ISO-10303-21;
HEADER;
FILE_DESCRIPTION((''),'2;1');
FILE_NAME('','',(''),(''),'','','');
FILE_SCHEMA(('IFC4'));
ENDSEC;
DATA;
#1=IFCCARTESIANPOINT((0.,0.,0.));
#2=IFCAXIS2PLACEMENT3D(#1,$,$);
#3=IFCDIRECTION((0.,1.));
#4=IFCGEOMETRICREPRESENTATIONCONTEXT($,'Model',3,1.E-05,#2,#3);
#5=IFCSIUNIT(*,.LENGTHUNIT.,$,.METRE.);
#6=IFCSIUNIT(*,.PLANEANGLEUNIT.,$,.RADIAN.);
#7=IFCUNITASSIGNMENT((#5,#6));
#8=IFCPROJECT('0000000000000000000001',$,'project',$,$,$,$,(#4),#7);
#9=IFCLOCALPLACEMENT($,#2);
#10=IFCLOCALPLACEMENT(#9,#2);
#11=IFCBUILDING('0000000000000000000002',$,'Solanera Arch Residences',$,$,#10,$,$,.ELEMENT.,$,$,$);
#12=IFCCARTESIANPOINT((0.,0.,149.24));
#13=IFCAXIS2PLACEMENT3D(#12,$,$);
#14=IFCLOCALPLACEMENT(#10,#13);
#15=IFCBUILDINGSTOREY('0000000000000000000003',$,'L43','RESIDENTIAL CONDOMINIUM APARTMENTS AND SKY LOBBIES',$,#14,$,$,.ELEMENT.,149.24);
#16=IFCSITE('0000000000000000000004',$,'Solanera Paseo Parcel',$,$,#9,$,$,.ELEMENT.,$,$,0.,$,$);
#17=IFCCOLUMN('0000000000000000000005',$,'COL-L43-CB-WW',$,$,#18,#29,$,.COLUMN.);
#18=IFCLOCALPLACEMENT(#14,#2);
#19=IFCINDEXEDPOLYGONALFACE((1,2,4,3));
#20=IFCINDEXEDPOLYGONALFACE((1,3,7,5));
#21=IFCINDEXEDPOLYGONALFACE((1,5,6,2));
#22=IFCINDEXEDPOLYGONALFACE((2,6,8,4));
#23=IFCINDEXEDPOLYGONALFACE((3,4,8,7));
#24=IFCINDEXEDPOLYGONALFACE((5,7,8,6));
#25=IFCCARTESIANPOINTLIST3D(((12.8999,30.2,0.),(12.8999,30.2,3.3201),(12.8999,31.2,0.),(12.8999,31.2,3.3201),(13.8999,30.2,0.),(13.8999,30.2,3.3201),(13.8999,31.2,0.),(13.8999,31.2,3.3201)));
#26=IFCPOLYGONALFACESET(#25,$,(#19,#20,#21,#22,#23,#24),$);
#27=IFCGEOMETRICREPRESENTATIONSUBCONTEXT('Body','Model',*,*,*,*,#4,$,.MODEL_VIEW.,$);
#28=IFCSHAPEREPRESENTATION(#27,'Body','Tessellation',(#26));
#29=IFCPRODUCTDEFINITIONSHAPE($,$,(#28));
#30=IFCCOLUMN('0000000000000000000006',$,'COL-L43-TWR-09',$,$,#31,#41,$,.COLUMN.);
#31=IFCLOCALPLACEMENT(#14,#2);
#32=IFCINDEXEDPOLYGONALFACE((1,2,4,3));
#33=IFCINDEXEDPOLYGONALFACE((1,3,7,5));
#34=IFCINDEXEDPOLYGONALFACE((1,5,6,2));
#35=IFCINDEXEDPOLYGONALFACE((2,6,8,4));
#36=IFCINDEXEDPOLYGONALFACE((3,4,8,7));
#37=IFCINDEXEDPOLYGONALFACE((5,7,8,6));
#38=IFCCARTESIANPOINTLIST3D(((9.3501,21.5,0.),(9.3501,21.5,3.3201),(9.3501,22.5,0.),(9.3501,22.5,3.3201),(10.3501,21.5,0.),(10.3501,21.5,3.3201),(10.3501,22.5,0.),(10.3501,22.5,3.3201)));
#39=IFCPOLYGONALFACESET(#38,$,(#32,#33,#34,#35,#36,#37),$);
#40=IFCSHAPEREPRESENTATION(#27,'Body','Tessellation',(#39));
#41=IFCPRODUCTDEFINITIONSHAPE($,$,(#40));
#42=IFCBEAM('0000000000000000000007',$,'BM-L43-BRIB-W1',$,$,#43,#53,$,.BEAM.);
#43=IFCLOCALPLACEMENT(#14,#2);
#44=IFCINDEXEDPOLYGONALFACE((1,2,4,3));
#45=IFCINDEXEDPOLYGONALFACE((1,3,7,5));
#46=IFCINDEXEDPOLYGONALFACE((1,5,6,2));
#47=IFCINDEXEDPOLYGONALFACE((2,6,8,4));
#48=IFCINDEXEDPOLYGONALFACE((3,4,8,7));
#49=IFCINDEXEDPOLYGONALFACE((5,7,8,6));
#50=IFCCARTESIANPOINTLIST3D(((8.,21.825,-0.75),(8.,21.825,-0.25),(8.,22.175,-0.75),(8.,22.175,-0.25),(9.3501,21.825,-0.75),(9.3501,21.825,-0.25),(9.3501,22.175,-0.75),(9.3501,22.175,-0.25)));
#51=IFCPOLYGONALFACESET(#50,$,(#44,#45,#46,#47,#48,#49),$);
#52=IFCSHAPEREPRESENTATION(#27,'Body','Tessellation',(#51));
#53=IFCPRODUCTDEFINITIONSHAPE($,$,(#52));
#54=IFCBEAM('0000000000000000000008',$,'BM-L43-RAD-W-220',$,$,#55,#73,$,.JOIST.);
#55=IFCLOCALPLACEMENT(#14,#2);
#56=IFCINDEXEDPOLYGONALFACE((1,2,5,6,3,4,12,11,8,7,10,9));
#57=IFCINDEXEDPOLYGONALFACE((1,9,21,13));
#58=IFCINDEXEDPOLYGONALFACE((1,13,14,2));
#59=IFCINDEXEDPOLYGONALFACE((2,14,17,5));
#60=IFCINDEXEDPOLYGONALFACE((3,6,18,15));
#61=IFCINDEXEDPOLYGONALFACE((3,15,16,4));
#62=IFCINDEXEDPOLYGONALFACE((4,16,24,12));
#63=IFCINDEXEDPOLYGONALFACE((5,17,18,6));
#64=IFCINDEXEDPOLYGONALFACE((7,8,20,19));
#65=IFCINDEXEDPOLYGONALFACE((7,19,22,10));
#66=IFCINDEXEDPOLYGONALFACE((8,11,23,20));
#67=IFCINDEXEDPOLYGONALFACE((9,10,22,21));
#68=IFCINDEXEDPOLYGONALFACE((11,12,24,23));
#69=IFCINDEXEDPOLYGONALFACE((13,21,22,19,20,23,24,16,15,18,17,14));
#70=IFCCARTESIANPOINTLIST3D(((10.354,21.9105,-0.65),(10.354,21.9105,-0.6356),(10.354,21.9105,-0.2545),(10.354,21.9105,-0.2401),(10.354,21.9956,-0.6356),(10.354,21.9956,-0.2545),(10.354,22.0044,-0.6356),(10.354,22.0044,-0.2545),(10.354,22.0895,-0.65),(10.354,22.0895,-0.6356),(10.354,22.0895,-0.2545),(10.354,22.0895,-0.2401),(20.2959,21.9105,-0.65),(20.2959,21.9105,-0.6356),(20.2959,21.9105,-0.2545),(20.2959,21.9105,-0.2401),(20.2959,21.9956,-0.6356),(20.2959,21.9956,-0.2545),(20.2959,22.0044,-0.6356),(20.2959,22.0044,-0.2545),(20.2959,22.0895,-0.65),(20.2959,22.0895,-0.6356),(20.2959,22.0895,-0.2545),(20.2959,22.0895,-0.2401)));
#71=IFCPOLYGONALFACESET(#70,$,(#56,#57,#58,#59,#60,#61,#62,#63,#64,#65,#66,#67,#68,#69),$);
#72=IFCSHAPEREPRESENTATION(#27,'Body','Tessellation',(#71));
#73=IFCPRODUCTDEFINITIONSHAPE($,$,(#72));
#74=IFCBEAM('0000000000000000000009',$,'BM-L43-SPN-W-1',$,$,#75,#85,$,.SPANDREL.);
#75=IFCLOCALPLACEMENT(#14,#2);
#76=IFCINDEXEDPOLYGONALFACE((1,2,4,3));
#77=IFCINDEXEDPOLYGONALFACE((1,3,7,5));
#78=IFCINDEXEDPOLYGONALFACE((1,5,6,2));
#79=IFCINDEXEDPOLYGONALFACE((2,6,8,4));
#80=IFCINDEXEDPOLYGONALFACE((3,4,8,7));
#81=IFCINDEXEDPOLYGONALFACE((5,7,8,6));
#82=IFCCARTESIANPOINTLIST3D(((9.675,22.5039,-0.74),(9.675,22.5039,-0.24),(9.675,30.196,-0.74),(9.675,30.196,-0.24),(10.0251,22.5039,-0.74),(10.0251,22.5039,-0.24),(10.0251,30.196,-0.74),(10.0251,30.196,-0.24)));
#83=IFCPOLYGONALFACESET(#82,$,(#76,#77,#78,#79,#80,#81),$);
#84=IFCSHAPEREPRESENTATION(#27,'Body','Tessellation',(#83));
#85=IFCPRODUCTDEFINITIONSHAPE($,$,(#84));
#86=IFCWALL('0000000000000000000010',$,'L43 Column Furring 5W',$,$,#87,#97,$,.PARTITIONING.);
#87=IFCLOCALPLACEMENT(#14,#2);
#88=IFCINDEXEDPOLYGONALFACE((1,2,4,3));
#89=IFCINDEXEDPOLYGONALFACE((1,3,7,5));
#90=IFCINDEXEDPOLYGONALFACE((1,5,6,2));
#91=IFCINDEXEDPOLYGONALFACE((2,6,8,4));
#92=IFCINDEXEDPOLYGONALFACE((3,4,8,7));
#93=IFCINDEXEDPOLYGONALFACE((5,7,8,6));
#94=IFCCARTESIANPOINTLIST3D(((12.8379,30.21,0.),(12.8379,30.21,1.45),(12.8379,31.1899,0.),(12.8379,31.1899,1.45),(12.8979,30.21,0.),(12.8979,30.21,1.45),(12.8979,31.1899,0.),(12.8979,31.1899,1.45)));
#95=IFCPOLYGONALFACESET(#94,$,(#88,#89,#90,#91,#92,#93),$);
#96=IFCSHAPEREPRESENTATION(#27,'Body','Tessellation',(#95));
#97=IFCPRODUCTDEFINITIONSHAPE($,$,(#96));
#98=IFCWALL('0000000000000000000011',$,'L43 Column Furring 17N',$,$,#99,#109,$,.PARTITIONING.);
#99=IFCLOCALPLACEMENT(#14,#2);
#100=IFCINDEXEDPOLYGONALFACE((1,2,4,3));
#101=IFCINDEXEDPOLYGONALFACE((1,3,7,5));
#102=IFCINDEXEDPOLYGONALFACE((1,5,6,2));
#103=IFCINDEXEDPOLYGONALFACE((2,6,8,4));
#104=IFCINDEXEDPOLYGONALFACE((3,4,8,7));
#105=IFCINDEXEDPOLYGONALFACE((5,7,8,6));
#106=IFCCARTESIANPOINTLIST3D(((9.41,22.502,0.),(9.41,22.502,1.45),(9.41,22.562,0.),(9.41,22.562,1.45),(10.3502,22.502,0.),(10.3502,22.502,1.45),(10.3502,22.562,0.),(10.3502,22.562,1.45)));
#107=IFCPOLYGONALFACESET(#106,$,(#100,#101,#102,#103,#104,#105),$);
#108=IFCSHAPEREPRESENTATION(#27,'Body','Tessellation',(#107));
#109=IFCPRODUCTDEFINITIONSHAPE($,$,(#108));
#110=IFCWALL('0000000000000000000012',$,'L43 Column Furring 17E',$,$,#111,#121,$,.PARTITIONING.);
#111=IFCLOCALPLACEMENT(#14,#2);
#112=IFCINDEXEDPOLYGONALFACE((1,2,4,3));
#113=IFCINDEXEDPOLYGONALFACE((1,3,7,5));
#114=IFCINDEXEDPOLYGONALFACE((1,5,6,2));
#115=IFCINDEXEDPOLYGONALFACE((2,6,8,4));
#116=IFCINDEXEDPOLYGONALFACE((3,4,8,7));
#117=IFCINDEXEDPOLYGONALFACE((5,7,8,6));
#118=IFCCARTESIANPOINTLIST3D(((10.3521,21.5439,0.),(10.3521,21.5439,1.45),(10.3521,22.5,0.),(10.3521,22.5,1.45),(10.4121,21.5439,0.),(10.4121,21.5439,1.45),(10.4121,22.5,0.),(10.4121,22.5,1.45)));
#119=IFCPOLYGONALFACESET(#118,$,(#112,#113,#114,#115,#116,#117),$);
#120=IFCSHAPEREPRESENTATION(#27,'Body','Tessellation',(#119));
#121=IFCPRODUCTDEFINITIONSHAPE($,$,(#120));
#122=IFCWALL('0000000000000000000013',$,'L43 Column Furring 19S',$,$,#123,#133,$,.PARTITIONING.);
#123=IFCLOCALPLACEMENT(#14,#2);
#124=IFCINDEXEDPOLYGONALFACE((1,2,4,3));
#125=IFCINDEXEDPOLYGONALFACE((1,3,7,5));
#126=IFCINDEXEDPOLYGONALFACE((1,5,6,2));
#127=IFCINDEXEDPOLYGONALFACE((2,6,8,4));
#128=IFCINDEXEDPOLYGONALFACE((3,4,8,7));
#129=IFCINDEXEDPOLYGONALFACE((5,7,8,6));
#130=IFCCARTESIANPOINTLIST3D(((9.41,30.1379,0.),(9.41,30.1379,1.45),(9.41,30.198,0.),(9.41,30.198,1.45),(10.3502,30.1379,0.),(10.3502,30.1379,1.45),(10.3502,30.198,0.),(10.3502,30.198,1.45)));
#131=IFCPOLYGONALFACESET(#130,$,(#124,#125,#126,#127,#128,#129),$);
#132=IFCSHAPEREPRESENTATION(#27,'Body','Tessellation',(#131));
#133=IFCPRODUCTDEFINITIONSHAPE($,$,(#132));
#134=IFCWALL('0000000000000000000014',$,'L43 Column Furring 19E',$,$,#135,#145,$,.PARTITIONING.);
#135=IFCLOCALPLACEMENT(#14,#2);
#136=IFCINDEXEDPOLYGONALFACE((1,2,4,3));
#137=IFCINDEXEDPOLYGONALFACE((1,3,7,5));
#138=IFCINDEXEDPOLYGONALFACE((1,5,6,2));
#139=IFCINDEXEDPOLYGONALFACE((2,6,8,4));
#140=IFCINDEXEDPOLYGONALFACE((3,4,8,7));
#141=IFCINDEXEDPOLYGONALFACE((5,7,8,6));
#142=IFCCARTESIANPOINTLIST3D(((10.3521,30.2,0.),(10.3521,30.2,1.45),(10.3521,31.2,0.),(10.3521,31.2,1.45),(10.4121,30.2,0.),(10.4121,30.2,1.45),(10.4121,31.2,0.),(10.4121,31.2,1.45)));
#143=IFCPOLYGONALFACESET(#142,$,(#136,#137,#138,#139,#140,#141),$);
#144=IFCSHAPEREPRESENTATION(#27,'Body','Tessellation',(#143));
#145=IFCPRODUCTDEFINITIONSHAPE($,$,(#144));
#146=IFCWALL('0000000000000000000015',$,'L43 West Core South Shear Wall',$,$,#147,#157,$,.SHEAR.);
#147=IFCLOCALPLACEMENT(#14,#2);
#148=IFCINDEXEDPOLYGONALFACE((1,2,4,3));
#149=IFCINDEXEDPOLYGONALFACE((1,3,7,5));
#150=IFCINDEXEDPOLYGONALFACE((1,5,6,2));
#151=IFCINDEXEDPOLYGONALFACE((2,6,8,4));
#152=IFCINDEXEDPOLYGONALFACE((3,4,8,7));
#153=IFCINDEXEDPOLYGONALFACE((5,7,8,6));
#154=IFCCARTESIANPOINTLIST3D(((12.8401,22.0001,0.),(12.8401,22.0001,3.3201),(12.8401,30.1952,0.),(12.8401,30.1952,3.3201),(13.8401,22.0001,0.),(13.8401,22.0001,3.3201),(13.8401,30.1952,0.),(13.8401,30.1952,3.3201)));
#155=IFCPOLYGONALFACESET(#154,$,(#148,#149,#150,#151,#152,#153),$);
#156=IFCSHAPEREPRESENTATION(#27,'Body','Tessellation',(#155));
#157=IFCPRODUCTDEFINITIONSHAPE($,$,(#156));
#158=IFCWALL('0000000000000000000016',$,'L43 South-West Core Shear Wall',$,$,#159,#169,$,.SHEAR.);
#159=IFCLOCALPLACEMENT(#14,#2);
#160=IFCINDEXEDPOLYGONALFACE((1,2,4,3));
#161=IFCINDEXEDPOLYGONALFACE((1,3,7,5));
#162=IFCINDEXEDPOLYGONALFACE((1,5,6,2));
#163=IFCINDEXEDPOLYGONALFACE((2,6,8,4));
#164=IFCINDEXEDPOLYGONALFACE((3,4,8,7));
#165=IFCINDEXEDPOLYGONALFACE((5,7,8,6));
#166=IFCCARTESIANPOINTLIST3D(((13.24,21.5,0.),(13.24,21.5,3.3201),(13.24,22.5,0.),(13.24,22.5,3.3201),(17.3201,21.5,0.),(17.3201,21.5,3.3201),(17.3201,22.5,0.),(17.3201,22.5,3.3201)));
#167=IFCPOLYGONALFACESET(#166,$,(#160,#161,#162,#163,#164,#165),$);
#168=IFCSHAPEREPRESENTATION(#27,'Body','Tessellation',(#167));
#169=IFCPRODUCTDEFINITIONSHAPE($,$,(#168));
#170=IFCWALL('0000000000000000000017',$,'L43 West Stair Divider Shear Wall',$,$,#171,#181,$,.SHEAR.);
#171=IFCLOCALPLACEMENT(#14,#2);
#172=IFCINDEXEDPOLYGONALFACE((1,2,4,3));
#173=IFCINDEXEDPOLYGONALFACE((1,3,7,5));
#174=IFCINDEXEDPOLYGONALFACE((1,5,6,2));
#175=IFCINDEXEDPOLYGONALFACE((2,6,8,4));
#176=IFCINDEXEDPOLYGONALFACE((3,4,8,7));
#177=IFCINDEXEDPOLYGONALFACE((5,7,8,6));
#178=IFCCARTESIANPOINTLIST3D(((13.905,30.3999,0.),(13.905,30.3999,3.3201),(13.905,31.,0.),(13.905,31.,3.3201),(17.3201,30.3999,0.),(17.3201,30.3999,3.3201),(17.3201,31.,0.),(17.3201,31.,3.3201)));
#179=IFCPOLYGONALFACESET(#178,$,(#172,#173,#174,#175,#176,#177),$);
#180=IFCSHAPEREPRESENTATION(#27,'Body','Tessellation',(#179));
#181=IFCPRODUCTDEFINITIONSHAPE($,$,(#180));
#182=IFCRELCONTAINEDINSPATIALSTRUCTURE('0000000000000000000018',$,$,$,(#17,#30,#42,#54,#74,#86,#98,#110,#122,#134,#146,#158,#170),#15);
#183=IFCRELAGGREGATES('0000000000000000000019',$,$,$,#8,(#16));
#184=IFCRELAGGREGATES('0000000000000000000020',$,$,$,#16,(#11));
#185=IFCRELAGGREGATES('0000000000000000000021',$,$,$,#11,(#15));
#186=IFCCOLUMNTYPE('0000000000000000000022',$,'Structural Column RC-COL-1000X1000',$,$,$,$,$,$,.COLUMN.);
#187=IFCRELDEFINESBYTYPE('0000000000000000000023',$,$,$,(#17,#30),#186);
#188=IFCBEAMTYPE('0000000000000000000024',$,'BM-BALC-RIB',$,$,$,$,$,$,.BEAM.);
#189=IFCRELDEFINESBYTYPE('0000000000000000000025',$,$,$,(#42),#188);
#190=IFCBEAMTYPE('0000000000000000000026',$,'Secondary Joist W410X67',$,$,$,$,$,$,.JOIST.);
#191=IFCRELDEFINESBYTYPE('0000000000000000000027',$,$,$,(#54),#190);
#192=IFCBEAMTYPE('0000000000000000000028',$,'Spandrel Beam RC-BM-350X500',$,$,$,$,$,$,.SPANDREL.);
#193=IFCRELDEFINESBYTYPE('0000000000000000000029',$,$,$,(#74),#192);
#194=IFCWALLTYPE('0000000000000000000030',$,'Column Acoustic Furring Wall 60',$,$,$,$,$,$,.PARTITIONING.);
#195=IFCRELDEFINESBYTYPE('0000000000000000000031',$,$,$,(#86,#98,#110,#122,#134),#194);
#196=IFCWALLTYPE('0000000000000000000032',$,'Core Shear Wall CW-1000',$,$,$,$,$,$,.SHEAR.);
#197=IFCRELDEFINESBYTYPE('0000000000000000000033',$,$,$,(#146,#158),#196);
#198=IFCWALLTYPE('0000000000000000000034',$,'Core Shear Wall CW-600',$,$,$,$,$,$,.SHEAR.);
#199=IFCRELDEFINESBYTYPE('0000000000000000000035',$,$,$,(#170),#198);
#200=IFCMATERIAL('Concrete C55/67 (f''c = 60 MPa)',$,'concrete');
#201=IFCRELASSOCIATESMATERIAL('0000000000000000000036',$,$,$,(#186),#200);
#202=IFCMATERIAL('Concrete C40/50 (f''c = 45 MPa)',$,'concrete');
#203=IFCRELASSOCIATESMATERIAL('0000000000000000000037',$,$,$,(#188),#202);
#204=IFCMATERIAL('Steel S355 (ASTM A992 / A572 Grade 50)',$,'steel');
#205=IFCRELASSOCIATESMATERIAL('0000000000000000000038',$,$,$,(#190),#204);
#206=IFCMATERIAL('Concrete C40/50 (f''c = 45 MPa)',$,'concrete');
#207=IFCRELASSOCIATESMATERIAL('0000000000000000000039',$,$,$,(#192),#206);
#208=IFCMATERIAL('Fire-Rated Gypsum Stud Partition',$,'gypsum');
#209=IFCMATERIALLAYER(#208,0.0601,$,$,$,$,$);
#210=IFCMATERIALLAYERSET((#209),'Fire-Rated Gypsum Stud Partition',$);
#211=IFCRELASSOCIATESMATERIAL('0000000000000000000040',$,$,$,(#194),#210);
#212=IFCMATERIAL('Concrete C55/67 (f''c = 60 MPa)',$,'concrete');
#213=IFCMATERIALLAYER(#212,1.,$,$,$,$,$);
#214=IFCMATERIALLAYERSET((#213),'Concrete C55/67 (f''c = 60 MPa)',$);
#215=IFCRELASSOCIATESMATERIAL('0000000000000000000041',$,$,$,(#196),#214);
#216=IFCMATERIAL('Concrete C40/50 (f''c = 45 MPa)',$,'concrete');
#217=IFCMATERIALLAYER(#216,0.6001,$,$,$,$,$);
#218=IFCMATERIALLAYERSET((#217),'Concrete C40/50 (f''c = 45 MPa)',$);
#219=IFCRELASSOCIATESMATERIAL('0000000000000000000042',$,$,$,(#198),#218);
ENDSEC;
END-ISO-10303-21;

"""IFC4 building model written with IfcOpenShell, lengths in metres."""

from ifc_helpers import new_model, si_unit, direction, frame, frame_2d, origin, origin_2d, place, context, subcontext, project, spatial, rectangle, i_section, extrude, material, layer, layer_set, material_profile, profile_set, type_object, element, save


model = new_model("IFC4")

# Units and contexts
model_context = context("Model", 3, precision=1e-05, world=origin(), true_north=direction((0.0, 1.0)))
body_context = subcontext(model_context, "Body", "Model", "MODEL_VIEW")
ifc_project = project(units=[si_unit("LENGTHUNIT", "METRE"), si_unit("PLANEANGLEUNIT", "RADIAN")], contexts=[model_context])

# Site, building, storey
site_placement = place(None, origin())
site = spatial("IfcSite", under=ifc_project, at=site_placement, Name="Solanera Paseo Parcel", CompositionType="ELEMENT", RefElevation=0.0)
building_placement = place(site_placement, origin())
building = spatial("IfcBuilding", under=site, at=building_placement, Name="Solanera Arch Residences", CompositionType="ELEMENT")
storey_placement = place(building_placement, frame((0.0, 0.0, 149.24)))
storey = spatial("IfcBuildingStorey", under=building, at=storey_placement, Name="L43", Description="RESIDENTIAL CONDOMINIUM APARTMENTS AND SKY LOBBIES", CompositionType="ELEMENT", Elevation=149.24)

# Columns
ifc_material_1 = material(Name="Concrete C55/67 (f'c = 60 MPa)", Category="concrete")
ifc_material_profile_1 = material_profile(ifc_material_1, rectangle(XDim=1.0, YDim=1.0, at=origin_2d()))
ifc_profile_set_1 = profile_set([ifc_material_profile_1], Name="Concrete C55/67 (f'c = 60 MPa)")
column_type = type_object("IfcColumnType", Name="Structural Column RC-COL-1000X1000", PredefinedType="COLUMN", material=ifc_profile_set_1)
for number, where, z_axis, x_axis, name in (
    (1, (13.3999, 30.7, 0.0), (0.0, 0.0, 1.0), (1.0, 0.0, 0.0), "COL-L43-CB-WW"),
    (2, (9.8501, 22.0, 0.0), (0.0, 0.0, 1.0), (1.0, 0.0, 0.0), "COL-L43-TWR-09"),
):
    element("IfcColumn", number, at=place(storey_placement, frame(where, z_axis=z_axis, x_axis=x_axis)), inside=storey, type_object=column_type, Name=name, PredefinedType="COLUMN", context=body_context, shape_type="SweptSolid", body=[
        extrude(rectangle(XDim=1.0, YDim=1.0, at=origin_2d()), origin(), (0.0, 0.0, 1.0), 3.3201),
    ])

# Beams
ifc_material_2 = material(Name="Concrete C40/50 (f'c = 45 MPa)", Category="concrete")
ifc_material_profile_2 = material_profile(ifc_material_2, rectangle(XDim=0.3501, YDim=0.5, at=origin_2d()))
ifc_profile_set_2 = profile_set([ifc_material_profile_2], Name="Concrete C40/50 (f'c = 45 MPa)")
beam_type_1 = type_object("IfcBeamType", Name="BM-BALC-RIB", PredefinedType="BEAM", material=ifc_profile_set_2)
beam_1_placement = place(storey_placement, frame((8.0, 22.0, -0.5), z_axis=(1.0, 0.0, 0.0), x_axis=(0.0, 1.0, 0.0)))
element("IfcBeam", 3, at=beam_1_placement, inside=storey, type_object=beam_type_1, Name="BM-L43-BRIB-W1", PredefinedType="BEAM", context=body_context, shape_type="SweptSolid", body=[
    extrude(rectangle(XDim=0.3501, YDim=0.5, at=origin_2d()), origin(), (0.0, 0.0, 1.0), 1.3501),
])
ifc_material_3 = material(Name="Steel S355 (ASTM A992 / A572 Grade 50)", Category="steel")
ifc_material_profile_3 = material_profile(ifc_material_3, i_section(OverallWidth=0.179, OverallDepth=0.4099, WebThickness=0.0088, FlangeThickness=0.0144, at=origin_2d()))
ifc_profile_set_3 = profile_set([ifc_material_profile_3], Name="Steel S355 (ASTM A992 / A572 Grade 50)")
beam_type_2 = type_object("IfcBeamType", Name="Secondary Joist W410X67", PredefinedType="JOIST", material=ifc_profile_set_3)
beam_2_placement = place(storey_placement, frame((10.354, 22.0, -0.4451), z_axis=(1.0, 0.0, 0.0), x_axis=(0.0, 1.0, 0.0)))
element("IfcBeam", 4, at=beam_2_placement, inside=storey, type_object=beam_type_2, Name="BM-L43-RAD-W-220", PredefinedType="JOIST", context=body_context, shape_type="SweptSolid", body=[
    extrude(i_section(OverallWidth=0.179, OverallDepth=0.4099, WebThickness=0.0088, FlangeThickness=0.0144, at=origin_2d()), origin(), (0.0, 0.0, 1.0), 9.9419),
])
ifc_material_4 = material(Name="Concrete C40/50 (f'c = 45 MPa)", Category="concrete")
ifc_material_profile_4 = material_profile(ifc_material_4, rectangle(XDim=0.3501, YDim=0.5, at=origin_2d()))
ifc_profile_set_4 = profile_set([ifc_material_profile_4], Name="Concrete C40/50 (f'c = 45 MPa)")
beam_type_3 = type_object("IfcBeamType", Name="Spandrel Beam RC-BM-350X500", PredefinedType="SPANDREL", material=ifc_profile_set_4)
beam_3_placement = place(storey_placement, frame((9.8501, 22.5039, -0.49), z_axis=(0.0, 1.0, 0.0), x_axis=(-1.0, 0.0, 0.0)))
element("IfcBeam", 5, at=beam_3_placement, inside=storey, type_object=beam_type_3, Name="BM-L43-SPN-W-1", PredefinedType="SPANDREL", context=body_context, shape_type="SweptSolid", body=[
    extrude(rectangle(XDim=0.3501, YDim=0.5, at=origin_2d()), origin(), (0.0, 0.0, 1.0), 7.6921),
])

# Walls
ifc_material_5 = material(Name="Fire-Rated Gypsum Stud Partition", Category="gypsum")
ifc_layer_1 = layer(ifc_material_5, 0.0601)
ifc_layer_set_1 = layer_set([ifc_layer_1], Name="Fire-Rated Gypsum Stud Partition")
wall_type_1 = type_object("IfcWallType", Name="Column Acoustic Furring Wall 60", PredefinedType="PARTITIONING", material=ifc_layer_set_1)
wall_1_placement = place(storey_placement, frame((12.8679, 30.21, 0.0), z_axis=(0.0, 0.0, 1.0), x_axis=(0.0, 1.0, 0.0)))
element("IfcWall", 6, at=wall_1_placement, inside=storey, type_object=wall_type_1, Name="L43 Column Furring 5W", PredefinedType="PARTITIONING", context=body_context, shape_type="SweptSolid", body=[
    extrude(rectangle(XDim=0.98, YDim=0.0601, at=frame_2d((0.49, 0.0))), origin(), (0.0, 0.0, 1.0), 1.45),
])
wall_2_placement = place(storey_placement, frame((9.4099, 22.532, 0.0), z_axis=(0.0, 0.0, 1.0), x_axis=(1.0, 0.0, 0.0)))
element("IfcWall", 7, at=wall_2_placement, inside=storey, type_object=wall_type_1, Name="L43 Column Furring 17N", PredefinedType="PARTITIONING", context=body_context, shape_type="SweptSolid", body=[
    extrude(rectangle(XDim=0.9402, YDim=0.0601, at=frame_2d((0.4702, 0.0))), origin(), (0.0, 0.0, 1.0), 1.45),
])
wall_3_placement = place(storey_placement, frame((10.3821, 21.5439, 0.0), z_axis=(0.0, 0.0, 1.0), x_axis=(0.0, 1.0, 0.0)))
element("IfcWall", 8, at=wall_3_placement, inside=storey, type_object=wall_type_1, Name="L43 Column Furring 17E", PredefinedType="PARTITIONING", context=body_context, shape_type="SweptSolid", body=[
    extrude(rectangle(XDim=0.9561, YDim=0.0601, at=frame_2d((0.478, 0.0))), origin(), (0.0, 0.0, 1.0), 1.45),
])
wall_4_placement = place(storey_placement, frame((9.4099, 30.168, 0.0), z_axis=(0.0, 0.0, 1.0), x_axis=(1.0, 0.0, 0.0)))
element("IfcWall", 9, at=wall_4_placement, inside=storey, type_object=wall_type_1, Name="L43 Column Furring 19S", PredefinedType="PARTITIONING", context=body_context, shape_type="SweptSolid", body=[
    extrude(rectangle(XDim=0.9402, YDim=0.0601, at=frame_2d((0.4702, 0.0))), origin(), (0.0, 0.0, 1.0), 1.45),
])
wall_5_placement = place(storey_placement, frame((10.3821, 30.2, 0.0), z_axis=(0.0, 0.0, 1.0), x_axis=(0.0, 1.0, 0.0)))
element("IfcWall", 10, at=wall_5_placement, inside=storey, type_object=wall_type_1, Name="L43 Column Furring 19E", PredefinedType="PARTITIONING", context=body_context, shape_type="SweptSolid", body=[
    extrude(rectangle(XDim=1.0, YDim=0.0601, at=frame_2d((0.5, 0.0))), origin(), (0.0, 0.0, 1.0), 1.45),
])
ifc_material_6 = material(Name="Concrete C55/67 (f'c = 60 MPa)", Category="concrete")
ifc_layer_2 = layer(ifc_material_6, 1.0)
ifc_layer_set_2 = layer_set([ifc_layer_2], Name="Concrete C55/67 (f'c = 60 MPa)")
wall_type_2 = type_object("IfcWallType", Name="Core Shear Wall CW-1000", PredefinedType="SHEAR", material=ifc_layer_set_2)
wall_6_placement = place(storey_placement, frame((13.3401, 22.0, 0.0), z_axis=(0.0, 0.0, 1.0), x_axis=(0.0, 1.0, 0.0)))
element("IfcWall", 11, at=wall_6_placement, inside=storey, type_object=wall_type_2, Name="L43 West Core South Shear Wall", PredefinedType="SHEAR", context=body_context, shape_type="SweptSolid", body=[
    extrude(rectangle(XDim=8.1951, YDim=1.0, at=frame_2d((4.0977, 0.0))), origin(), (0.0, 0.0, 1.0), 3.3201),
])
wall_7_placement = place(storey_placement, frame((13.24, 22.0, 0.0), z_axis=(0.0, 0.0, 1.0), x_axis=(1.0, 0.0, 0.0)))
element("IfcWall", 12, at=wall_7_placement, inside=storey, type_object=wall_type_2, Name="L43 South-West Core Shear Wall", PredefinedType="SHEAR", context=body_context, shape_type="SweptSolid", body=[
    extrude(rectangle(XDim=4.0801, YDim=1.0, at=frame_2d((2.04, 0.0))), origin(), (0.0, 0.0, 1.0), 3.3201),
])
ifc_material_7 = material(Name="Concrete C40/50 (f'c = 45 MPa)", Category="concrete")
ifc_layer_3 = layer(ifc_material_7, 0.6001)
ifc_layer_set_3 = layer_set([ifc_layer_3], Name="Concrete C40/50 (f'c = 45 MPa)")
wall_type_3 = type_object("IfcWallType", Name="Core Shear Wall CW-600", PredefinedType="SHEAR", material=ifc_layer_set_3)
wall_8_placement = place(storey_placement, frame((13.905, 30.7, 0.0), z_axis=(0.0, 0.0, 1.0), x_axis=(1.0, 0.0, 0.0)))
element("IfcWall", 13, at=wall_8_placement, inside=storey, type_object=wall_type_3, Name="L43 West Stair Divider Shear Wall", PredefinedType="SHEAR", context=body_context, shape_type="SweptSolid", body=[
    extrude(rectangle(XDim=3.415, YDim=0.6001, at=frame_2d((1.7075, 0.0))), origin(), (0.0, 0.0, 1.0), 3.3201),
])

save(model, "model.ifc")
